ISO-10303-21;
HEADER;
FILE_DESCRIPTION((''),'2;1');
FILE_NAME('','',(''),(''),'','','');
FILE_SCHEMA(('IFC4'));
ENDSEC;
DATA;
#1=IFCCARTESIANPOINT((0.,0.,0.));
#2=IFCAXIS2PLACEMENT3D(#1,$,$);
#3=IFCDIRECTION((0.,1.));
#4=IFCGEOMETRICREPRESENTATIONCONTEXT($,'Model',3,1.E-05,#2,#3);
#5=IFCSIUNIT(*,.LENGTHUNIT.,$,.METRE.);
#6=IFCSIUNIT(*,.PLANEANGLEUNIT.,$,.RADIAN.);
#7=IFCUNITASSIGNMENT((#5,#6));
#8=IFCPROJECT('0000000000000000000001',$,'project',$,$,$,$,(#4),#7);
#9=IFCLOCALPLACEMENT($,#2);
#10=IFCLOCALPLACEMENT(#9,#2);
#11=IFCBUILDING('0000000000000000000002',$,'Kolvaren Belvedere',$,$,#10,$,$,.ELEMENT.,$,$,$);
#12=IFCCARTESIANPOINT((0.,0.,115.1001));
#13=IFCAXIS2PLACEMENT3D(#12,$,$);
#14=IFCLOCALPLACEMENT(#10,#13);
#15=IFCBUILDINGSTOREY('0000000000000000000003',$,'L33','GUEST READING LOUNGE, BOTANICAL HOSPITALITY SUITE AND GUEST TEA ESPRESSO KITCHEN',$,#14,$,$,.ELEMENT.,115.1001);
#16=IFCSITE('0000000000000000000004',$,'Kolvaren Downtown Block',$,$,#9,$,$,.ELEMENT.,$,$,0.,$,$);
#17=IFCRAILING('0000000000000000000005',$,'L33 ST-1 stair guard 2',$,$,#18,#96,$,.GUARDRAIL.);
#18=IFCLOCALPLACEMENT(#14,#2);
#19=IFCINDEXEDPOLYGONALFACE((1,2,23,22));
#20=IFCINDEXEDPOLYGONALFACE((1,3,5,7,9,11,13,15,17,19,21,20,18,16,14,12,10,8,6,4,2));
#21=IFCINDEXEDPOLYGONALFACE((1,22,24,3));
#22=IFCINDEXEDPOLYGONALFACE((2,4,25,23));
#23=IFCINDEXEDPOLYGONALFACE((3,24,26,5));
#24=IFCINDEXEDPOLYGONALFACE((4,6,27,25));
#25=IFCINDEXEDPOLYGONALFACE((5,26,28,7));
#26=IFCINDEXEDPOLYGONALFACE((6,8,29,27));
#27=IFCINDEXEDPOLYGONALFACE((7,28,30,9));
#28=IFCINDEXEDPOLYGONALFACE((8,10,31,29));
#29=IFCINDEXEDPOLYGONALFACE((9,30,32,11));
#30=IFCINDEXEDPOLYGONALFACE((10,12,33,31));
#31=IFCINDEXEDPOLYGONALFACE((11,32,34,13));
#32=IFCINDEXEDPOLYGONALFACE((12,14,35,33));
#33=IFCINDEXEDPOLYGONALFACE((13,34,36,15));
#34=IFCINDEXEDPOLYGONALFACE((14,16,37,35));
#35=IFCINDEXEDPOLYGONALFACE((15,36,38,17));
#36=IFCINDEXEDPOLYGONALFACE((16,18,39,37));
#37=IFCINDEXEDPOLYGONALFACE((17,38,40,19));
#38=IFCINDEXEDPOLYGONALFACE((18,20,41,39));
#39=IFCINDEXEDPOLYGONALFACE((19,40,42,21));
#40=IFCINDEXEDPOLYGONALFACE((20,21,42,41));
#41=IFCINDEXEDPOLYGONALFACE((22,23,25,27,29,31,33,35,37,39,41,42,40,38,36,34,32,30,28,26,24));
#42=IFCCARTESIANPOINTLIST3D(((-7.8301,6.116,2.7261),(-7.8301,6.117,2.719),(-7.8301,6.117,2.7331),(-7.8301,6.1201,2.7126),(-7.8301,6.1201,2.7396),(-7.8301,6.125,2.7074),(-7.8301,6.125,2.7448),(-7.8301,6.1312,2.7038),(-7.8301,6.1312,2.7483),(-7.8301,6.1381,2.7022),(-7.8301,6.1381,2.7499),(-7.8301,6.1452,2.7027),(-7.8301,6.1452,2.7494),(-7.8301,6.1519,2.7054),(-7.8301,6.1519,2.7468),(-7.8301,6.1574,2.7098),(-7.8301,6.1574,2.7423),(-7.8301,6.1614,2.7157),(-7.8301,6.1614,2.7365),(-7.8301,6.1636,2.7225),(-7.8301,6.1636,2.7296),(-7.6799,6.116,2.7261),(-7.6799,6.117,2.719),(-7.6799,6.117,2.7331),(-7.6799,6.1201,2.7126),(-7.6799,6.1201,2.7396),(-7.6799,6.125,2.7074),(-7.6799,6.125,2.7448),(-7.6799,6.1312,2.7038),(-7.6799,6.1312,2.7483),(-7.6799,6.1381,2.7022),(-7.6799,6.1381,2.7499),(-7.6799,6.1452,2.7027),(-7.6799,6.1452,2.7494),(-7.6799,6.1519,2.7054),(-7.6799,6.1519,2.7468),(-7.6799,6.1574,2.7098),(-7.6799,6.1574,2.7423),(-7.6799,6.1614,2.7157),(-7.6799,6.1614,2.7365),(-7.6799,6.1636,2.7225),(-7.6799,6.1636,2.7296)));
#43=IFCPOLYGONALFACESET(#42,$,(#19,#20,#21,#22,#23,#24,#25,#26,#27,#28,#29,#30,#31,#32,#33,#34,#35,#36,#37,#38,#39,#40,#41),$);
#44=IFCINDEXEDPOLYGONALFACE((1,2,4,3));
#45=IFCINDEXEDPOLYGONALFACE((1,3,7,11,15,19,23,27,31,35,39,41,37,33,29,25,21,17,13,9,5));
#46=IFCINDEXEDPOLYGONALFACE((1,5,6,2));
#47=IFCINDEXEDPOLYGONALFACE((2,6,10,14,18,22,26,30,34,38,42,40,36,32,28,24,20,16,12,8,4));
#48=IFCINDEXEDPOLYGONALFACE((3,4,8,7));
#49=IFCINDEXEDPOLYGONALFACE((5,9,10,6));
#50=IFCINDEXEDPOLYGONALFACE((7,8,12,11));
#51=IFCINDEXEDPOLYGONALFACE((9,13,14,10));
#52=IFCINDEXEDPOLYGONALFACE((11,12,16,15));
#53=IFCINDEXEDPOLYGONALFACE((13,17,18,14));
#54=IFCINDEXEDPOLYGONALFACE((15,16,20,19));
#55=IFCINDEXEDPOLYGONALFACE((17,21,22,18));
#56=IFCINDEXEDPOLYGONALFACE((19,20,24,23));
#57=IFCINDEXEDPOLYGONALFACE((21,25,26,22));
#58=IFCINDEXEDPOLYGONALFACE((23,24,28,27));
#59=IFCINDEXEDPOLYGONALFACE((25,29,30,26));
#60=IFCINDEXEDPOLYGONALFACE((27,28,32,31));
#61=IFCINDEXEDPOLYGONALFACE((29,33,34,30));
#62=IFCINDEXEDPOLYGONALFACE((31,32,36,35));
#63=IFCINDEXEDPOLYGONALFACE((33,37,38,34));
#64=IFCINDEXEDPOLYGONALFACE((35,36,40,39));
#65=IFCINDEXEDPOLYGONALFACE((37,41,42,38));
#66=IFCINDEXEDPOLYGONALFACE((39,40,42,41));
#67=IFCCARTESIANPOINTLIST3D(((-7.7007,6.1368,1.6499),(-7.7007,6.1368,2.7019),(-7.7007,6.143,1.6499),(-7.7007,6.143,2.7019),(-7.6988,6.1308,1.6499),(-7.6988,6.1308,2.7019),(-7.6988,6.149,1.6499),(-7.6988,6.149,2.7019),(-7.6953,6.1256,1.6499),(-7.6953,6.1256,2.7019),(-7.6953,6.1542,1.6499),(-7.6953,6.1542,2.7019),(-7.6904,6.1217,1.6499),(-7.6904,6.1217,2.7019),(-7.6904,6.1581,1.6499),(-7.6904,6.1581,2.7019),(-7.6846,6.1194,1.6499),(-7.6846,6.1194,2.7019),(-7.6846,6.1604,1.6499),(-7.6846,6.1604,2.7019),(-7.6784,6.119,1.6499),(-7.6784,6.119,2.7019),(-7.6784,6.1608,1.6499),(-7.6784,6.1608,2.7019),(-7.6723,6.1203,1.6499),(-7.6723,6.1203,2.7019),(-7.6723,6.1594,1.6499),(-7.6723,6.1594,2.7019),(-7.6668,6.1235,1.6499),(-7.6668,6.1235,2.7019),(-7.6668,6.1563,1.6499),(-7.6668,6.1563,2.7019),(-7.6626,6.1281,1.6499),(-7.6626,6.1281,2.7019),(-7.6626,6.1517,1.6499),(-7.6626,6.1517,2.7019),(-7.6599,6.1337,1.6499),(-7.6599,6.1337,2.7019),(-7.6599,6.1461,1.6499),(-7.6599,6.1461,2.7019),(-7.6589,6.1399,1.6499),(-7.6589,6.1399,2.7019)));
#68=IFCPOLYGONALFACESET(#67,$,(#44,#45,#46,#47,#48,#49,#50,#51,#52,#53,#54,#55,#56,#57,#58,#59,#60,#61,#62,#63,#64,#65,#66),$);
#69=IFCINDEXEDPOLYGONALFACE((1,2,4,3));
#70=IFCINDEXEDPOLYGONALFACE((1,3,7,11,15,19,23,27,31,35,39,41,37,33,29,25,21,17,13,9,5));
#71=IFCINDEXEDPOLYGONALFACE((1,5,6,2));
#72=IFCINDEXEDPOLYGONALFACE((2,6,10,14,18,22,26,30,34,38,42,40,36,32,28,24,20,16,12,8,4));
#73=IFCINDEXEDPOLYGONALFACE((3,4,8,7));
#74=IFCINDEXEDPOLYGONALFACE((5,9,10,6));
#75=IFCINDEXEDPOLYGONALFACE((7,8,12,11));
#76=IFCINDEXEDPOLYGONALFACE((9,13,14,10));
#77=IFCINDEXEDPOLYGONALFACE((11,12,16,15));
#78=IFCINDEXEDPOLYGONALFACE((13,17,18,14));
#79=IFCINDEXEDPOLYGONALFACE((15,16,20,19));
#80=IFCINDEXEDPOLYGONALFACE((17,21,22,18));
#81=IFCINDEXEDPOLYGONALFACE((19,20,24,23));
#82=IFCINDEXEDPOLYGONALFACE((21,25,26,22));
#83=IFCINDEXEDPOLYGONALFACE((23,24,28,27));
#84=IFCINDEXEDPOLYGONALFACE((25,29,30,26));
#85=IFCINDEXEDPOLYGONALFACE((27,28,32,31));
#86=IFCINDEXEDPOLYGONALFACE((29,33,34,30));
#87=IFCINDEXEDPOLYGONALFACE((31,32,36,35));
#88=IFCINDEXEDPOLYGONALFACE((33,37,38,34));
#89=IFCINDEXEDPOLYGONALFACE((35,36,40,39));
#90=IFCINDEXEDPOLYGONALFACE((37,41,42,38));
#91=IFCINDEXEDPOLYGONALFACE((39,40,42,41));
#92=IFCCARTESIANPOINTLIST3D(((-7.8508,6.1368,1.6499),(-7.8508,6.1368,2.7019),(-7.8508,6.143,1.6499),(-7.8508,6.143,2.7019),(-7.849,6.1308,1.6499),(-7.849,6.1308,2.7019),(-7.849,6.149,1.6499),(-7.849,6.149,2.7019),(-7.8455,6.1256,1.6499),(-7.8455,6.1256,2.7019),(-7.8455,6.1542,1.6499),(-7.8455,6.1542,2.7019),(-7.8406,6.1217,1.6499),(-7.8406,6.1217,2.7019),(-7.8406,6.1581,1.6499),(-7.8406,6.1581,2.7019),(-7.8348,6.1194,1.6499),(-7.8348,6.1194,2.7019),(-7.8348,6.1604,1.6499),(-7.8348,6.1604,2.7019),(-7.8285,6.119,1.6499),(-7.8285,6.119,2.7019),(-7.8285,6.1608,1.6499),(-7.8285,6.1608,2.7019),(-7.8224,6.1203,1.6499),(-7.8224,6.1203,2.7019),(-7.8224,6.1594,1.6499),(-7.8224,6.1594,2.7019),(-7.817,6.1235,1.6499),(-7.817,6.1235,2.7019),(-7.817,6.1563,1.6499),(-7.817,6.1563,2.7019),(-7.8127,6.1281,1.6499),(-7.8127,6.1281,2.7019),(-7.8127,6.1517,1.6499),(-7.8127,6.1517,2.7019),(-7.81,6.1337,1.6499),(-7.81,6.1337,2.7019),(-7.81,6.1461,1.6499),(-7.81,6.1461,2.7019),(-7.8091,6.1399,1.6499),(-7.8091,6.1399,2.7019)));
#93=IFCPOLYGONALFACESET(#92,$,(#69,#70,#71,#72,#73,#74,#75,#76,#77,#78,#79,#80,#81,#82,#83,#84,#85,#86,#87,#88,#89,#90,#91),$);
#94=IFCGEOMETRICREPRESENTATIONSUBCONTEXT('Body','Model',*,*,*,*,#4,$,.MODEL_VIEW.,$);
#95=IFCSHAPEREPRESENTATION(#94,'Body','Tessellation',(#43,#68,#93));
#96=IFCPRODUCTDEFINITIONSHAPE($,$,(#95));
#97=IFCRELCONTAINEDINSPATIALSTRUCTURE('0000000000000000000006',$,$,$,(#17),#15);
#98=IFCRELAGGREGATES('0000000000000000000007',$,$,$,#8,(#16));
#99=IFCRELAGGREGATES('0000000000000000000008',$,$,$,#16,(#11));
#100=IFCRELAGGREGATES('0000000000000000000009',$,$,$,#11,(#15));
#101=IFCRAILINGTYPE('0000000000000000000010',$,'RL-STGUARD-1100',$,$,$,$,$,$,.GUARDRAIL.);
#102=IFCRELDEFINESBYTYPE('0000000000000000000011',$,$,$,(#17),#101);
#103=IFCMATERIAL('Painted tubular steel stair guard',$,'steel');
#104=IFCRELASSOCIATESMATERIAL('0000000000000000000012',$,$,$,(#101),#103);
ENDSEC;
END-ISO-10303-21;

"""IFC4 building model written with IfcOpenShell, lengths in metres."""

from ifc_helpers import new_model, si_unit, direction, frame, origin, origin_2d, place, context, subcontext, project, spatial, circle, extrude, material, type_object, element, save


model = new_model("IFC4")

# Units and contexts
model_context = context("Model", 3, precision=1e-05, world=origin(), true_north=direction((0.0, 1.0)))
body_context = subcontext(model_context, "Body", "Model", "MODEL_VIEW")
ifc_project = project(units=[si_unit("LENGTHUNIT", "METRE"), si_unit("PLANEANGLEUNIT", "RADIAN")], contexts=[model_context])

# Site, building, storey
site_placement = place(None, origin())
site = spatial("IfcSite", under=ifc_project, at=site_placement, Name="Kolvaren Downtown Block", CompositionType="ELEMENT", RefElevation=0.0)
building_placement = place(site_placement, origin())
building = spatial("IfcBuilding", under=site, at=building_placement, Name="Kolvaren Belvedere", CompositionType="ELEMENT")
storey_placement = place(building_placement, frame((0.0, 0.0, 115.1001)))
storey = spatial("IfcBuildingStorey", under=building, at=storey_placement, Name="L33", Description="GUEST READING LOUNGE, BOTANICAL HOSPITALITY SUITE AND GUEST TEA ESPRESSO KITCHEN", CompositionType="ELEMENT", Elevation=115.1001)

# Railing
ifc_material_1 = material(Name="Painted tubular steel stair guard", Category="steel")
railing_type_1 = type_object("IfcRailingType", Name="RL-STGUARD-1100", PredefinedType="GUARDRAIL", material=ifc_material_1)
railing_1_placement = place(storey_placement, frame((-7.6799, 6.1399, 1.6499)))
element("IfcRailing", 1, at=railing_1_placement, inside=storey, type_object=railing_type_1, Name="L33 ST-1 stair guard 2", PredefinedType="GUARDRAIL", context=body_context, shape_type="SweptSolid", body=[
    extrude(circle(Radius=0.0239, at=origin_2d()), frame((0.0, 0.0, 1.0762), z_axis=(-1.0, 0.0, 0.0), x_axis=(0.0, -1.0, 0.0)), (0.0, 0.0, 1.0), 0.1501),
    extrude(circle(Radius=0.021, at=origin_2d()), origin(), (0.0, 0.0, 1.0), 1.052),
    extrude(circle(Radius=0.021, at=origin_2d()), frame((-0.1501, 0.0, 0.0)), (0.0, 0.0, 1.0), 1.052),
])

save(model, "model.ifc")
